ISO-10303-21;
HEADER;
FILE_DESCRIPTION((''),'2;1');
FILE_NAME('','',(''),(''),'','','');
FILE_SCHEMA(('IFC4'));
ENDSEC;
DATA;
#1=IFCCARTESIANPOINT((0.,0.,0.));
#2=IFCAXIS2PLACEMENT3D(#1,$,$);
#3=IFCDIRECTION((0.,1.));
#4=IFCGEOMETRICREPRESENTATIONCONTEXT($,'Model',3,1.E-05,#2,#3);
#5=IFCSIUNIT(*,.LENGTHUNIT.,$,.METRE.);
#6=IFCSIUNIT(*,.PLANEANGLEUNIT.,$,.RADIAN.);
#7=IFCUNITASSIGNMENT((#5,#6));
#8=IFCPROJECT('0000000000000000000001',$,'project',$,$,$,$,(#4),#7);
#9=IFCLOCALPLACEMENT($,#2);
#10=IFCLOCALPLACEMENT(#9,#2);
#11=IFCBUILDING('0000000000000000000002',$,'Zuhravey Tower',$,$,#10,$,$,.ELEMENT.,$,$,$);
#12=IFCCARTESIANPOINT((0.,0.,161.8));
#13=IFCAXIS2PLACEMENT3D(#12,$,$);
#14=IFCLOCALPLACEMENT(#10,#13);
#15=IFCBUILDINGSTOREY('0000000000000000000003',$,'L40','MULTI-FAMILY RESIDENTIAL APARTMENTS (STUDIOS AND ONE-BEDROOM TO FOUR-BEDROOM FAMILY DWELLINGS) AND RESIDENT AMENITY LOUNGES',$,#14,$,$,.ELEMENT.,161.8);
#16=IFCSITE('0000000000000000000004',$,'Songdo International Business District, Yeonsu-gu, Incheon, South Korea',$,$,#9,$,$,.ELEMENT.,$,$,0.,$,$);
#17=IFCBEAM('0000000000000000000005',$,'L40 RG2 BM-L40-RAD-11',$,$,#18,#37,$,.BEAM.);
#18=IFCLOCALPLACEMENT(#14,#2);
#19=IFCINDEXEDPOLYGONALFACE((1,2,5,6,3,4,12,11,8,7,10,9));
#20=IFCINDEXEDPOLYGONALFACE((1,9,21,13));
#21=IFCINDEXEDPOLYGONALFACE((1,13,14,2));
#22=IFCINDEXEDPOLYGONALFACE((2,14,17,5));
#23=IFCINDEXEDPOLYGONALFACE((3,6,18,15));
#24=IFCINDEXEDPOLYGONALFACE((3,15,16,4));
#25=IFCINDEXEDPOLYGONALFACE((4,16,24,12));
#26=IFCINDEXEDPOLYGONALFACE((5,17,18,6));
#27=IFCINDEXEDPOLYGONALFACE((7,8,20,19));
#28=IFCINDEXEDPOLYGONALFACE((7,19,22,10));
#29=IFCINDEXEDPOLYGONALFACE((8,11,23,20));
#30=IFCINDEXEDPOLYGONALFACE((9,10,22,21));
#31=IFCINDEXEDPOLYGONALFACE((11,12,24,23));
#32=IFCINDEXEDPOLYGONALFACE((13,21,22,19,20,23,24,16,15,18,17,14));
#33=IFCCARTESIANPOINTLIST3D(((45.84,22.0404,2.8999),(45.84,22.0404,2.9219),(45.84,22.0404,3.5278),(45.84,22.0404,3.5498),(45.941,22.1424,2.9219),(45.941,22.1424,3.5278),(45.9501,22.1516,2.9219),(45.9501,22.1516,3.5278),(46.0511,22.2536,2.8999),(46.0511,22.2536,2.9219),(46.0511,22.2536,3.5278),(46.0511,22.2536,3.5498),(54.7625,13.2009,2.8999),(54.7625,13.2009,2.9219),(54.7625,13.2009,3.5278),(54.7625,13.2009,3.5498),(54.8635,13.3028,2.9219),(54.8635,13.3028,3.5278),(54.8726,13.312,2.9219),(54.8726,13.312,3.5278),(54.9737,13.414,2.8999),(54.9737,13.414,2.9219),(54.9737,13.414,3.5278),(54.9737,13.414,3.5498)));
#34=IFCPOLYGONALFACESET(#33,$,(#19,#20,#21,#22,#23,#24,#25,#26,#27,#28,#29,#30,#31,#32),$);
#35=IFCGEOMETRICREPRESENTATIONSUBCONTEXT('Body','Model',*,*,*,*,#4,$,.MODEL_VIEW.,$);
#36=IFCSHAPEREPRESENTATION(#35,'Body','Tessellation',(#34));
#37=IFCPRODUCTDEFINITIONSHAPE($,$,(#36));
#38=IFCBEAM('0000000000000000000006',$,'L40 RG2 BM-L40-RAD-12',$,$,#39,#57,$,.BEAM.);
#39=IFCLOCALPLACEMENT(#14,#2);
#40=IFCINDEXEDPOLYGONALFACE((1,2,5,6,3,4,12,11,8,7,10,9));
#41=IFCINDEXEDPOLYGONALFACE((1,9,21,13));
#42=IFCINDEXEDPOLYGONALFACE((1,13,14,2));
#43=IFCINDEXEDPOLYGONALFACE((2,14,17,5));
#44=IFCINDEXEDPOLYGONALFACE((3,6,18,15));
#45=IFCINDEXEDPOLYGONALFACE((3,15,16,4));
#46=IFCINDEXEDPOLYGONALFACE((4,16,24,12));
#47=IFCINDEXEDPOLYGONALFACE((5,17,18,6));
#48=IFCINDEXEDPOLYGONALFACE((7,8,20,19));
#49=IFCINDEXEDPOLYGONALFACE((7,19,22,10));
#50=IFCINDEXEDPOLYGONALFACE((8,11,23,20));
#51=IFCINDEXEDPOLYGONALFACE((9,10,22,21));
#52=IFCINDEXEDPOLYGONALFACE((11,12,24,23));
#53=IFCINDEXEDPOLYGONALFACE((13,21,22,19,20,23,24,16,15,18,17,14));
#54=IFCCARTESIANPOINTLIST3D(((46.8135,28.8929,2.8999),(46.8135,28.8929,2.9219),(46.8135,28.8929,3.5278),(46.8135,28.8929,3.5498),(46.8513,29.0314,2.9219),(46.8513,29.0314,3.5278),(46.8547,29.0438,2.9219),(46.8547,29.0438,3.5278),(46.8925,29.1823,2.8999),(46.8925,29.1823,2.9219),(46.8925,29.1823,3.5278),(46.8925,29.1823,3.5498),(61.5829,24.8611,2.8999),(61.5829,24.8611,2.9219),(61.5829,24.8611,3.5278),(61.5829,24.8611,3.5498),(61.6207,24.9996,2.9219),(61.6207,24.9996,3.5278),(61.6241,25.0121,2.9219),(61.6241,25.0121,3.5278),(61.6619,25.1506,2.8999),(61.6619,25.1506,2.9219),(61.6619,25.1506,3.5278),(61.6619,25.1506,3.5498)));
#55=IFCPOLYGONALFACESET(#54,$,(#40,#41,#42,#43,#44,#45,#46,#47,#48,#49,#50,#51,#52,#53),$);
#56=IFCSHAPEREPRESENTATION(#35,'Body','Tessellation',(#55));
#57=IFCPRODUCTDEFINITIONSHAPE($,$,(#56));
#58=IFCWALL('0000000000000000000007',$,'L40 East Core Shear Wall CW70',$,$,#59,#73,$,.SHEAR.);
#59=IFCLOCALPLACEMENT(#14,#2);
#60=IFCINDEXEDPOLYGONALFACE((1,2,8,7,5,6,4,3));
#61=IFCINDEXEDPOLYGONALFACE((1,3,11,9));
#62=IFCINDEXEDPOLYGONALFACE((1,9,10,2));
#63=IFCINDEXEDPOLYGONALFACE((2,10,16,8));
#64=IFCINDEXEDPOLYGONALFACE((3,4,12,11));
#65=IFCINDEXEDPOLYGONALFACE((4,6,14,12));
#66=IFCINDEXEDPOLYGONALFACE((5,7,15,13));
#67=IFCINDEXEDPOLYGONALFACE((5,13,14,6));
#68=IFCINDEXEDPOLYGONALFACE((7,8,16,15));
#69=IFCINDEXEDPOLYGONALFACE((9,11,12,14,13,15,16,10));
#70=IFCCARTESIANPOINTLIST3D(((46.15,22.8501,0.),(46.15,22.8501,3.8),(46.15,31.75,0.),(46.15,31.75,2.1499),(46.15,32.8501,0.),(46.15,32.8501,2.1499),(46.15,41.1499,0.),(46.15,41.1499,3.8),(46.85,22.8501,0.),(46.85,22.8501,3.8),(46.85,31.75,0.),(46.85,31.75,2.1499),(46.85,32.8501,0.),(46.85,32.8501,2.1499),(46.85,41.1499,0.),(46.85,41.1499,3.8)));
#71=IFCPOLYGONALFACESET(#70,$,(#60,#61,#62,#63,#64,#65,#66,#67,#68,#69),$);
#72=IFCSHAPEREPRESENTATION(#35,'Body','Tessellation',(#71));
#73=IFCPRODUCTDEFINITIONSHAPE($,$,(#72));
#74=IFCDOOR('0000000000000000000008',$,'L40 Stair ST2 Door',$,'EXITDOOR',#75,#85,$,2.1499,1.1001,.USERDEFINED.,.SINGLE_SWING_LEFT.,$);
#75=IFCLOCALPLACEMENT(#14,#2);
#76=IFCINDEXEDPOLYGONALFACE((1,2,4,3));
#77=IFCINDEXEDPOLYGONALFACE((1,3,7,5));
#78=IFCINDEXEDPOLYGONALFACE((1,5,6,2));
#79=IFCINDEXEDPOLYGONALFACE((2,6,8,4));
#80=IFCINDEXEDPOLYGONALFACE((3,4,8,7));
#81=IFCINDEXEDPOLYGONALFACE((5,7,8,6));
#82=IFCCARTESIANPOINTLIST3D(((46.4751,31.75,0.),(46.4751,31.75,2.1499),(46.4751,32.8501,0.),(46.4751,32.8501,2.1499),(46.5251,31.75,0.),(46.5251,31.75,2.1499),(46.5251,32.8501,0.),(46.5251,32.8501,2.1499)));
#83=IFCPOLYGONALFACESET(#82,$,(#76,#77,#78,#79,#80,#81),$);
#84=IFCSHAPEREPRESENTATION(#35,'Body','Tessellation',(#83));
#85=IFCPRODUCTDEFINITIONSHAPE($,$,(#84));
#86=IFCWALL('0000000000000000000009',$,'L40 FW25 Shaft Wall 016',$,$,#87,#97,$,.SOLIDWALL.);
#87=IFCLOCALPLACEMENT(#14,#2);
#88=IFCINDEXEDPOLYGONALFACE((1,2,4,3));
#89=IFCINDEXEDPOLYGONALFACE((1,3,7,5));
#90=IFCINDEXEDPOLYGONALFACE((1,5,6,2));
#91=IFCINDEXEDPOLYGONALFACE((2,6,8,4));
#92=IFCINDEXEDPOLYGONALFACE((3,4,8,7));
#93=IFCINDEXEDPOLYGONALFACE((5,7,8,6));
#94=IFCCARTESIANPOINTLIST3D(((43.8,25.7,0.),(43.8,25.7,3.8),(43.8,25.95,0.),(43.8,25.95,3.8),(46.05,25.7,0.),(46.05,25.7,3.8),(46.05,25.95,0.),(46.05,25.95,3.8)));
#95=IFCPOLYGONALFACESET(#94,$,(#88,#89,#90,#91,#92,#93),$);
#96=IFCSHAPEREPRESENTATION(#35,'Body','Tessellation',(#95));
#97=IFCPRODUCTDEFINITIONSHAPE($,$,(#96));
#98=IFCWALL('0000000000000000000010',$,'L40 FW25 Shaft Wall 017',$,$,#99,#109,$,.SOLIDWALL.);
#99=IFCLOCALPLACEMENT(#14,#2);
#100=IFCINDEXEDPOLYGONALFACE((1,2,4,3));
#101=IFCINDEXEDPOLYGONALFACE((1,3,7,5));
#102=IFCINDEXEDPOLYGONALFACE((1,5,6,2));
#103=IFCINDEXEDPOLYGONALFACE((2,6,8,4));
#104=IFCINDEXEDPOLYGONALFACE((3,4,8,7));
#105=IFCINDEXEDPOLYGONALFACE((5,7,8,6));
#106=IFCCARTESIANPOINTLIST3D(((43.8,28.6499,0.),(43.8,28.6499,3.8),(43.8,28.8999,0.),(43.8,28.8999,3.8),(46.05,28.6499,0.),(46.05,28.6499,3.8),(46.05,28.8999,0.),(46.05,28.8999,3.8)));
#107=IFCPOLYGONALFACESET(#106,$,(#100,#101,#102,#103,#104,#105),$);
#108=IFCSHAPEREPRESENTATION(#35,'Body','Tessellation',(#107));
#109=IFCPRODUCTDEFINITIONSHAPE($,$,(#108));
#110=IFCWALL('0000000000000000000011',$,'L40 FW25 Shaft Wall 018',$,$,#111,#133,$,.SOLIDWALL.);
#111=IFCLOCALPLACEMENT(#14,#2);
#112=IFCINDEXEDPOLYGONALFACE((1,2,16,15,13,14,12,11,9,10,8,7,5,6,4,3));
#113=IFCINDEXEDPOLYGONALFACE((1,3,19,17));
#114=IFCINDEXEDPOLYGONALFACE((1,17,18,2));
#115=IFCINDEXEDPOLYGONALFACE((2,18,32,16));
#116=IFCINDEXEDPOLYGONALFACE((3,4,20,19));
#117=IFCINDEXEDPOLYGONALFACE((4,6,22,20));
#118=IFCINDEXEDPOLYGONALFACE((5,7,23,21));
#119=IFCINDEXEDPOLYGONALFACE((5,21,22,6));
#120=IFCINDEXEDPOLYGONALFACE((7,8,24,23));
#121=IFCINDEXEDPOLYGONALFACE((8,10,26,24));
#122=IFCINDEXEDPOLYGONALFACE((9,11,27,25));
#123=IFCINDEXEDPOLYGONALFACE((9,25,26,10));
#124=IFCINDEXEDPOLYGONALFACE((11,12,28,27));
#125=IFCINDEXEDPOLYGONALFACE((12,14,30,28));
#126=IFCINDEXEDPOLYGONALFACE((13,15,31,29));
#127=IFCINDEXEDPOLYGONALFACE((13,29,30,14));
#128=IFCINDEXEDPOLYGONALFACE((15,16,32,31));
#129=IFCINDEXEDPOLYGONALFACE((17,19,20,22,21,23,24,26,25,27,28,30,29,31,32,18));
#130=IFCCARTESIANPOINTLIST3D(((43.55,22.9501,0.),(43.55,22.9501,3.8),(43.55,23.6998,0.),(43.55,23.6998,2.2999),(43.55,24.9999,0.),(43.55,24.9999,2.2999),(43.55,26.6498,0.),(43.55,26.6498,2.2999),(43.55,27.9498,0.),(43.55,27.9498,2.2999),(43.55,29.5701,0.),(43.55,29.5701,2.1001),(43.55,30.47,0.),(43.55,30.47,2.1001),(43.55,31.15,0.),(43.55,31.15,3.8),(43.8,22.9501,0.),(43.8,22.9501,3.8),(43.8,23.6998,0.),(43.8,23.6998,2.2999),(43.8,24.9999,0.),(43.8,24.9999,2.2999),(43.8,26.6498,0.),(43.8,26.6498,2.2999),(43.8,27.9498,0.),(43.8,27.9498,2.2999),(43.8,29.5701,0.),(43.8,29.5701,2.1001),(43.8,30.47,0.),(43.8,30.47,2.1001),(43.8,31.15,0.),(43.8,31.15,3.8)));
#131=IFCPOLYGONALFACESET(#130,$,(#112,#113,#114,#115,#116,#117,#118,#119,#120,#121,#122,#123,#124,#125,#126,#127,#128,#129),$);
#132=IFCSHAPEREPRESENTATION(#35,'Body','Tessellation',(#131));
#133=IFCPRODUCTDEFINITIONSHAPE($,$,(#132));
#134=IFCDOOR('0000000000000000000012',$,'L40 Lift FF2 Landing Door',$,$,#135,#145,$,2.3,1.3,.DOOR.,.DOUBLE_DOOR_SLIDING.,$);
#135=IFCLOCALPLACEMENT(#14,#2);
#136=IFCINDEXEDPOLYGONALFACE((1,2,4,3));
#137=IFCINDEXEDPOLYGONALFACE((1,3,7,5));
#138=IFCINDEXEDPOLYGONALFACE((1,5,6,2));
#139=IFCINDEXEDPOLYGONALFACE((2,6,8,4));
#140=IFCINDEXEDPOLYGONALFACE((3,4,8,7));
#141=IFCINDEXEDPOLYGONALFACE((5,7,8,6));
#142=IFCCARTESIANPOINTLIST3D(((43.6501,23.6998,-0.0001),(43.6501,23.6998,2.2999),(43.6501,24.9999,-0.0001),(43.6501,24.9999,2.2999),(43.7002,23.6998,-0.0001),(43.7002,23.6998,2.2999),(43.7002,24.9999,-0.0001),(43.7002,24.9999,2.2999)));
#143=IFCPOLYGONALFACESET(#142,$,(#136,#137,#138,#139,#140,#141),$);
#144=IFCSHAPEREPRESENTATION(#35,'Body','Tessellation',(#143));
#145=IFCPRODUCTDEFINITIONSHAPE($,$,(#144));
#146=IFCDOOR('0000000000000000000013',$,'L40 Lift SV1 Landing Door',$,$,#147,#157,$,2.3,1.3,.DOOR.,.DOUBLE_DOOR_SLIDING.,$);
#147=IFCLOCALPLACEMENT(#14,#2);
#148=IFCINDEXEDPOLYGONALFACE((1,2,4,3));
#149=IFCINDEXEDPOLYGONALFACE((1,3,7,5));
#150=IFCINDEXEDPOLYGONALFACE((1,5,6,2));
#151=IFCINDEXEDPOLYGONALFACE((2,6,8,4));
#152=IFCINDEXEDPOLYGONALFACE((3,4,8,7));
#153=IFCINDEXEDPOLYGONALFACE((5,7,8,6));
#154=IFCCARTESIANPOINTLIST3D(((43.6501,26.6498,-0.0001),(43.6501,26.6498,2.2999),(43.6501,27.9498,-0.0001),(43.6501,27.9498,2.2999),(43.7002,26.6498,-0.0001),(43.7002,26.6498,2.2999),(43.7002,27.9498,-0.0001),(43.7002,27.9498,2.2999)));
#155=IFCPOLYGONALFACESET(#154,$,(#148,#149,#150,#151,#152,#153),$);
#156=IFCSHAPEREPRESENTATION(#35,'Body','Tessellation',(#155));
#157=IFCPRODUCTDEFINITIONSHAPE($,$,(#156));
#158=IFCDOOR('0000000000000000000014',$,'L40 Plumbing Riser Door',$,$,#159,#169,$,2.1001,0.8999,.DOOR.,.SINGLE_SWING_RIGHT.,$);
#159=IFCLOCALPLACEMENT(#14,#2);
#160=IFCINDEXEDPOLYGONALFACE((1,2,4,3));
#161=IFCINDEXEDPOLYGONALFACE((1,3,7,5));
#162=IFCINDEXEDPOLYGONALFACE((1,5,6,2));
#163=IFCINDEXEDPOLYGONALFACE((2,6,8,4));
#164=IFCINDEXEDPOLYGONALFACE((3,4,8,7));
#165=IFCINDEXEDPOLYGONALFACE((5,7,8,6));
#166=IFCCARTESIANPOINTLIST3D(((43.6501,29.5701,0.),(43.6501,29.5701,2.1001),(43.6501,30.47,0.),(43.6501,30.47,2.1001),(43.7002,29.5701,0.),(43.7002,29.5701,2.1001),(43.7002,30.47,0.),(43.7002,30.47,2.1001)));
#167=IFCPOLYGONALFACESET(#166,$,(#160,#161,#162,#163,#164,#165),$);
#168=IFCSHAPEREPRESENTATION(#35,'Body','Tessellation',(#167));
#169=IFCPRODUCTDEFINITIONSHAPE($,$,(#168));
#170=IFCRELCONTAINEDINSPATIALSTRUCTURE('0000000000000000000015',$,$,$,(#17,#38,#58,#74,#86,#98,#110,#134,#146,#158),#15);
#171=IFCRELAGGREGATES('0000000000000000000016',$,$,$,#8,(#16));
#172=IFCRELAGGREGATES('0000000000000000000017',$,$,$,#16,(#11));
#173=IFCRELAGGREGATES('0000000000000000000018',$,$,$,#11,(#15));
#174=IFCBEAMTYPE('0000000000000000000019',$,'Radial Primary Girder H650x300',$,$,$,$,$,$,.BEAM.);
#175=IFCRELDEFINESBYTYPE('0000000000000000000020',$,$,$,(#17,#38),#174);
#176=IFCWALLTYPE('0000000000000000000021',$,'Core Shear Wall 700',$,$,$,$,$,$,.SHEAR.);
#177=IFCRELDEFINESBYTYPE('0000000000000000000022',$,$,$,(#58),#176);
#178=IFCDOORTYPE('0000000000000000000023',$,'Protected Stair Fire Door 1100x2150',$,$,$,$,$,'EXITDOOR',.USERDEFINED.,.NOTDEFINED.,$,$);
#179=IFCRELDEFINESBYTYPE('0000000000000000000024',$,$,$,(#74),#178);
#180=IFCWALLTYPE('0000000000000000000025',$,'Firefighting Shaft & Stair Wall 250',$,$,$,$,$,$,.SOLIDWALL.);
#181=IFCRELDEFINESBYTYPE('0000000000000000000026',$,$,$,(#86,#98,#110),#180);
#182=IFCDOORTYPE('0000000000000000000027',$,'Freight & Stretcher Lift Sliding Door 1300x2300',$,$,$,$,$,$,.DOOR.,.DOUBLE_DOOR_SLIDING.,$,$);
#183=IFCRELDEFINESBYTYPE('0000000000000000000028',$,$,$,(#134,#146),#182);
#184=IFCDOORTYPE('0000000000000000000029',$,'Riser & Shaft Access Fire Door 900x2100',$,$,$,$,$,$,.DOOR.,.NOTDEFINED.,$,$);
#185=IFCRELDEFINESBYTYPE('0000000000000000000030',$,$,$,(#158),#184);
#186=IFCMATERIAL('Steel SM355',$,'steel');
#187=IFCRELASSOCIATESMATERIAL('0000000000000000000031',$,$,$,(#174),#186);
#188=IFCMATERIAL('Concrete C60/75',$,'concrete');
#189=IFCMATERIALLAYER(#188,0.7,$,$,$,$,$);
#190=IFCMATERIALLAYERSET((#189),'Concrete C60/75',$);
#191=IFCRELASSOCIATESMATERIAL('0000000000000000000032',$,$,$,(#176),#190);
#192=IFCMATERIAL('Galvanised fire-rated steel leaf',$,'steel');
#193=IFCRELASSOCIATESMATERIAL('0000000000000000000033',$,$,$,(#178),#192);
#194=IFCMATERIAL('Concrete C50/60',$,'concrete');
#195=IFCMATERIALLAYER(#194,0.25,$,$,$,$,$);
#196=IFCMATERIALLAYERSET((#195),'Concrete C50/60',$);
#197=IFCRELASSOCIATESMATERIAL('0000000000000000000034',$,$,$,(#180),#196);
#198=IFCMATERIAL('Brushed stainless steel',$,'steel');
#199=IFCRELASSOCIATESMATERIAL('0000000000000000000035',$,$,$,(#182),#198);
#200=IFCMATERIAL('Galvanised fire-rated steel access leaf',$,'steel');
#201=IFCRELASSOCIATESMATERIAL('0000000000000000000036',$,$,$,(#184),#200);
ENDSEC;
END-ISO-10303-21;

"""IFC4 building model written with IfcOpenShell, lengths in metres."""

from ifc_helpers import new_model, si_unit, direction, frame, frame_2d, origin, origin_2d, place, context, subcontext, project, spatial, rectangle, i_section, extrude, material, layer, layer_set, material_profile, profile_set, type_object, element, fill, save


model = new_model("IFC4")

# Units and contexts
model_context = context("Model", 3, precision=1e-05, world=origin(), true_north=direction((0.0, 1.0)))
body_context = subcontext(model_context, "Body", "Model", "MODEL_VIEW")
ifc_project = project(units=[si_unit("LENGTHUNIT", "METRE"), si_unit("PLANEANGLEUNIT", "RADIAN")], contexts=[model_context])

# Site, building, storey
site_placement = place(None, origin())
site = spatial("IfcSite", under=ifc_project, at=site_placement, Name="Songdo International Business District, Yeonsu-gu, Incheon, South Korea", CompositionType="ELEMENT", RefElevation=0.0)
building_placement = place(site_placement, origin())
building = spatial("IfcBuilding", under=site, at=building_placement, Name="Zuhravey Tower", CompositionType="ELEMENT")
storey_placement = place(building_placement, frame((0.0, 0.0, 161.8)))
storey = spatial("IfcBuildingStorey", under=building, at=storey_placement, Name="L40", Description="MULTI-FAMILY RESIDENTIAL APARTMENTS (STUDIOS AND ONE-BEDROOM TO FOUR-BEDROOM FAMILY DWELLINGS) AND RESIDENT AMENITY LOUNGES", CompositionType="ELEMENT", Elevation=161.8)

# Beams
ifc_material_1 = material(Name="Steel SM355", Category="steel")
ifc_material_profile = material_profile(ifc_material_1, i_section(OverallWidth=0.3, OverallDepth=0.6499, WebThickness=0.0129, FlangeThickness=0.022, at=origin_2d()), Name="H-650x300x13x22")
ifc_profile_set = profile_set([ifc_material_profile], Name="Steel SM355")
beam_type = type_object("IfcBeamType", Name="Radial Primary Girder H650x300", PredefinedType="BEAM", material=ifc_profile_set)
beam_1_placement = place(storey_placement, frame((45.9456, 22.147, 3.2249), z_axis=(0.710404, -0.703795, 0.0), x_axis=(0.703795, 0.710404, 0.0)))
element("IfcBeam", 1, at=beam_1_placement, inside=storey, type_object=beam_type, Name="L40 RG2 BM-L40-RAD-11", PredefinedType="BEAM", context=body_context, shape_type="SweptSolid", body=[
    extrude(i_section(OverallWidth=0.3, OverallDepth=0.6499, WebThickness=0.0129, FlangeThickness=0.022, at=origin_2d()), origin(), (0.0, 0.0, 1.0), 12.5598),
])
beam_2_placement = place(storey_placement, frame((46.853, 29.0376, 3.2249), z_axis=(0.964702, -0.263345, 0.0), x_axis=(0.263345, 0.964702, 0.0)))
element("IfcBeam", 2, at=beam_2_placement, inside=storey, type_object=beam_type, Name="L40 RG2 BM-L40-RAD-12", PredefinedType="BEAM", context=body_context, shape_type="SweptSolid", body=[
    extrude(i_section(OverallWidth=0.3, OverallDepth=0.6499, WebThickness=0.0129, FlangeThickness=0.022, at=origin_2d()), origin(), (0.0, 0.0, 1.0), 15.3098),
])

# Wall, opening, door
ifc_material_2 = material(Name="Concrete C60/75", Category="concrete")
ifc_layer_1 = layer(ifc_material_2, 0.7)
ifc_layer_set_1 = layer_set([ifc_layer_1], Name="Concrete C60/75")
wall_type_1 = type_object("IfcWallType", Name="Core Shear Wall 700", PredefinedType="SHEAR", material=ifc_layer_set_1)
wall_1_placement = place(storey_placement, frame((46.5, 22.8501, 0.0), z_axis=(0.0, 0.0, 1.0), x_axis=(0.0, 1.0, 0.0)))
wall_1 = element("IfcWall", 3, at=wall_1_placement, inside=storey, type_object=wall_type_1, Name="L40 East Core Shear Wall CW70", PredefinedType="SHEAR", context=body_context, shape_type="SweptSolid", body=[
    extrude(rectangle(XDim=18.2998, YDim=0.7, at=frame_2d((9.1499, 0.0))), origin(), (0.0, 0.0, 1.0), 3.8),
])
opening_1_placement = place(wall_1_placement, frame((8.8999, 0.0, 0.0)))
opening_1 = element("IfcOpeningElement", 4, at=opening_1_placement, cuts=wall_1, PredefinedType="OPENING", context=body_context, shape_type="SweptSolid", body=[
    extrude(rectangle(XDim=1.1001, YDim=2.1499, at=frame_2d((0.55, 1.075))), frame((0.0, 0.3621, 0.0), z_axis=(0.0, -1.0, 0.0), x_axis=(1.0, 0.0, 0.0)), (0.0, 0.0, 1.0), 0.7239),
])
ifc_material_3 = material(Name="Galvanised fire-rated steel leaf", Category="steel")
door_type_1 = type_object("IfcDoorType", Name="Protected Stair Fire Door 1100x2150", ElementType="EXITDOOR", OperationType="NOTDEFINED", PredefinedType="USERDEFINED", material=ifc_material_3)
door_1_placement = place(opening_1_placement, origin())
door_1 = element("IfcDoor", 5, at=door_1_placement, inside=storey, type_object=door_type_1, Name="L40 Stair ST2 Door", ObjectType="EXITDOOR", OperationType="SINGLE_SWING_LEFT", OverallHeight=2.1499, OverallWidth=1.1001, PredefinedType="USERDEFINED", context=body_context, shape_type="SweptSolid", body=[
    extrude(rectangle(XDim=1.1001, YDim=2.1499, at=frame_2d((0.55, 1.075))), frame((0.0, 0.0249, 0.0), z_axis=(0.0, -1.0, 0.0), x_axis=(1.0, 0.0, 0.0)), (0.0, 0.0, 1.0), 0.05),
])
fill(opening_1, door_1)

# Walls
ifc_material_4 = material(Name="Concrete C50/60", Category="concrete")
ifc_layer_2 = layer(ifc_material_4, 0.25)
ifc_layer_set_2 = layer_set([ifc_layer_2], Name="Concrete C50/60")
wall_type_2 = type_object("IfcWallType", Name="Firefighting Shaft & Stair Wall 250", PredefinedType="SOLIDWALL", material=ifc_layer_set_2)
for number, where, z_axis, x_axis, name in (
    (6, (43.8, 25.825, 0.0), (0.0, 0.0, 1.0), (1.0, 0.0, 0.0), "L40 FW25 Shaft Wall 016"),
    (7, (43.8, 28.7749, 0.0), (0.0, 0.0, 1.0), (1.0, 0.0, 0.0), "L40 FW25 Shaft Wall 017"),
):
    element("IfcWall", number, at=place(storey_placement, frame(where, z_axis=z_axis, x_axis=x_axis)), inside=storey, type_object=wall_type_2, Name=name, PredefinedType="SOLIDWALL", context=body_context, shape_type="SweptSolid", body=[
        extrude(rectangle(XDim=2.25, YDim=0.25, at=frame_2d((1.125, 0.0))), origin(), (0.0, 0.0, 1.0), 3.8),
    ])

# Wall, openings, doors
wall_2_placement = place(storey_placement, frame((43.675, 22.95, 0.0), z_axis=(0.0, 0.0, 1.0), x_axis=(0.0, 1.0, 0.0)))
wall_2 = element("IfcWall", 8, at=wall_2_placement, inside=storey, type_object=wall_type_2, Name="L40 FW25 Shaft Wall 018", PredefinedType="SOLIDWALL", context=body_context, shape_type="SweptSolid", body=[
    extrude(rectangle(XDim=8.2, YDim=0.25, at=frame_2d((4.1001, 0.0))), origin(), (0.0, 0.0, 1.0), 3.8),
])
opening_2_placement = place(wall_2_placement, frame((0.75, 0.0, 0.0)))
opening_2 = element("IfcOpeningElement", 9, at=opening_2_placement, cuts=wall_2, PredefinedType="OPENING", context=body_context, shape_type="SweptSolid", body=[
    extrude(rectangle(XDim=1.3, YDim=2.3, at=frame_2d((0.6499, 1.1499))), frame((0.0, 0.137, 0.0), z_axis=(0.0, -1.0, 0.0), x_axis=(1.0, 0.0, 0.0)), (0.0, 0.0, 1.0), 0.2739),
])
opening_3_placement = place(wall_2_placement, frame((3.7, 0.0, 0.0)))
opening_3 = element("IfcOpeningElement", 10, at=opening_3_placement, cuts=wall_2, PredefinedType="OPENING", context=body_context, shape_type="SweptSolid", body=[
    extrude(rectangle(XDim=1.3, YDim=2.3, at=frame_2d((0.6499, 1.1499))), frame((0.0, 0.137, 0.0), z_axis=(0.0, -1.0, 0.0), x_axis=(1.0, 0.0, 0.0)), (0.0, 0.0, 1.0), 0.2739),
])
opening_4_placement = place(wall_2_placement, frame((6.6201, 0.0, 0.0)))
opening_4 = element("IfcOpeningElement", 11, at=opening_4_placement, cuts=wall_2, PredefinedType="OPENING", context=body_context, shape_type="SweptSolid", body=[
    extrude(rectangle(XDim=0.8999, YDim=2.1001, at=frame_2d((0.45, 1.05))), frame((0.0, 0.137, 0.0), z_axis=(0.0, -1.0, 0.0), x_axis=(1.0, 0.0, 0.0)), (0.0, 0.0, 1.0), 0.2739),
])
ifc_material_5 = material(Name="Brushed stainless steel", Category="steel")
door_type_2 = type_object("IfcDoorType", Name="Freight & Stretcher Lift Sliding Door 1300x2300", OperationType="DOUBLE_DOOR_SLIDING", PredefinedType="DOOR", material=ifc_material_5)
door_2_placement = place(opening_2_placement, origin())
door_2 = element("IfcDoor", 12, at=door_2_placement, inside=storey, type_object=door_type_2, Name="L40 Lift FF2 Landing Door", OperationType="DOUBLE_DOOR_SLIDING", OverallHeight=2.3, OverallWidth=1.3, PredefinedType="DOOR", context=body_context, shape_type="SweptSolid", body=[
    extrude(rectangle(XDim=1.3, YDim=2.3, at=frame_2d((0.6499, 1.1499))), frame((0.0, 0.0249, 0.0), z_axis=(0.0, -1.0, 0.0), x_axis=(1.0, 0.0, 0.0)), (0.0, 0.0, 1.0), 0.05),
])
fill(opening_2, door_2)
door_3_placement = place(opening_3_placement, origin())
door_3 = element("IfcDoor", 13, at=door_3_placement, inside=storey, type_object=door_type_2, Name="L40 Lift SV1 Landing Door", OperationType="DOUBLE_DOOR_SLIDING", OverallHeight=2.3, OverallWidth=1.3, PredefinedType="DOOR", context=body_context, shape_type="SweptSolid", body=[
    extrude(rectangle(XDim=1.3, YDim=2.3, at=frame_2d((0.6499, 1.1499))), frame((0.0, 0.0249, 0.0), z_axis=(0.0, -1.0, 0.0), x_axis=(1.0, 0.0, 0.0)), (0.0, 0.0, 1.0), 0.05),
])
fill(opening_3, door_3)
ifc_material_6 = material(Name="Galvanised fire-rated steel access leaf", Category="steel")
door_type_3 = type_object("IfcDoorType", Name="Riser & Shaft Access Fire Door 900x2100", OperationType="NOTDEFINED", PredefinedType="DOOR", material=ifc_material_6)
door_4_placement = place(opening_4_placement, origin())
door_4 = element("IfcDoor", 14, at=door_4_placement, inside=storey, type_object=door_type_3, Name="L40 Plumbing Riser Door", OperationType="SINGLE_SWING_RIGHT", OverallHeight=2.1001, OverallWidth=0.8999, PredefinedType="DOOR", context=body_context, shape_type="SweptSolid", body=[
    extrude(rectangle(XDim=0.8999, YDim=2.1001, at=frame_2d((0.45, 1.05))), frame((0.0, 0.0249, 0.0), z_axis=(0.0, -1.0, 0.0), x_axis=(1.0, 0.0, 0.0)), (0.0, 0.0, 1.0), 0.05),
])
fill(opening_4, door_4)

save(model, "model.ifc")
